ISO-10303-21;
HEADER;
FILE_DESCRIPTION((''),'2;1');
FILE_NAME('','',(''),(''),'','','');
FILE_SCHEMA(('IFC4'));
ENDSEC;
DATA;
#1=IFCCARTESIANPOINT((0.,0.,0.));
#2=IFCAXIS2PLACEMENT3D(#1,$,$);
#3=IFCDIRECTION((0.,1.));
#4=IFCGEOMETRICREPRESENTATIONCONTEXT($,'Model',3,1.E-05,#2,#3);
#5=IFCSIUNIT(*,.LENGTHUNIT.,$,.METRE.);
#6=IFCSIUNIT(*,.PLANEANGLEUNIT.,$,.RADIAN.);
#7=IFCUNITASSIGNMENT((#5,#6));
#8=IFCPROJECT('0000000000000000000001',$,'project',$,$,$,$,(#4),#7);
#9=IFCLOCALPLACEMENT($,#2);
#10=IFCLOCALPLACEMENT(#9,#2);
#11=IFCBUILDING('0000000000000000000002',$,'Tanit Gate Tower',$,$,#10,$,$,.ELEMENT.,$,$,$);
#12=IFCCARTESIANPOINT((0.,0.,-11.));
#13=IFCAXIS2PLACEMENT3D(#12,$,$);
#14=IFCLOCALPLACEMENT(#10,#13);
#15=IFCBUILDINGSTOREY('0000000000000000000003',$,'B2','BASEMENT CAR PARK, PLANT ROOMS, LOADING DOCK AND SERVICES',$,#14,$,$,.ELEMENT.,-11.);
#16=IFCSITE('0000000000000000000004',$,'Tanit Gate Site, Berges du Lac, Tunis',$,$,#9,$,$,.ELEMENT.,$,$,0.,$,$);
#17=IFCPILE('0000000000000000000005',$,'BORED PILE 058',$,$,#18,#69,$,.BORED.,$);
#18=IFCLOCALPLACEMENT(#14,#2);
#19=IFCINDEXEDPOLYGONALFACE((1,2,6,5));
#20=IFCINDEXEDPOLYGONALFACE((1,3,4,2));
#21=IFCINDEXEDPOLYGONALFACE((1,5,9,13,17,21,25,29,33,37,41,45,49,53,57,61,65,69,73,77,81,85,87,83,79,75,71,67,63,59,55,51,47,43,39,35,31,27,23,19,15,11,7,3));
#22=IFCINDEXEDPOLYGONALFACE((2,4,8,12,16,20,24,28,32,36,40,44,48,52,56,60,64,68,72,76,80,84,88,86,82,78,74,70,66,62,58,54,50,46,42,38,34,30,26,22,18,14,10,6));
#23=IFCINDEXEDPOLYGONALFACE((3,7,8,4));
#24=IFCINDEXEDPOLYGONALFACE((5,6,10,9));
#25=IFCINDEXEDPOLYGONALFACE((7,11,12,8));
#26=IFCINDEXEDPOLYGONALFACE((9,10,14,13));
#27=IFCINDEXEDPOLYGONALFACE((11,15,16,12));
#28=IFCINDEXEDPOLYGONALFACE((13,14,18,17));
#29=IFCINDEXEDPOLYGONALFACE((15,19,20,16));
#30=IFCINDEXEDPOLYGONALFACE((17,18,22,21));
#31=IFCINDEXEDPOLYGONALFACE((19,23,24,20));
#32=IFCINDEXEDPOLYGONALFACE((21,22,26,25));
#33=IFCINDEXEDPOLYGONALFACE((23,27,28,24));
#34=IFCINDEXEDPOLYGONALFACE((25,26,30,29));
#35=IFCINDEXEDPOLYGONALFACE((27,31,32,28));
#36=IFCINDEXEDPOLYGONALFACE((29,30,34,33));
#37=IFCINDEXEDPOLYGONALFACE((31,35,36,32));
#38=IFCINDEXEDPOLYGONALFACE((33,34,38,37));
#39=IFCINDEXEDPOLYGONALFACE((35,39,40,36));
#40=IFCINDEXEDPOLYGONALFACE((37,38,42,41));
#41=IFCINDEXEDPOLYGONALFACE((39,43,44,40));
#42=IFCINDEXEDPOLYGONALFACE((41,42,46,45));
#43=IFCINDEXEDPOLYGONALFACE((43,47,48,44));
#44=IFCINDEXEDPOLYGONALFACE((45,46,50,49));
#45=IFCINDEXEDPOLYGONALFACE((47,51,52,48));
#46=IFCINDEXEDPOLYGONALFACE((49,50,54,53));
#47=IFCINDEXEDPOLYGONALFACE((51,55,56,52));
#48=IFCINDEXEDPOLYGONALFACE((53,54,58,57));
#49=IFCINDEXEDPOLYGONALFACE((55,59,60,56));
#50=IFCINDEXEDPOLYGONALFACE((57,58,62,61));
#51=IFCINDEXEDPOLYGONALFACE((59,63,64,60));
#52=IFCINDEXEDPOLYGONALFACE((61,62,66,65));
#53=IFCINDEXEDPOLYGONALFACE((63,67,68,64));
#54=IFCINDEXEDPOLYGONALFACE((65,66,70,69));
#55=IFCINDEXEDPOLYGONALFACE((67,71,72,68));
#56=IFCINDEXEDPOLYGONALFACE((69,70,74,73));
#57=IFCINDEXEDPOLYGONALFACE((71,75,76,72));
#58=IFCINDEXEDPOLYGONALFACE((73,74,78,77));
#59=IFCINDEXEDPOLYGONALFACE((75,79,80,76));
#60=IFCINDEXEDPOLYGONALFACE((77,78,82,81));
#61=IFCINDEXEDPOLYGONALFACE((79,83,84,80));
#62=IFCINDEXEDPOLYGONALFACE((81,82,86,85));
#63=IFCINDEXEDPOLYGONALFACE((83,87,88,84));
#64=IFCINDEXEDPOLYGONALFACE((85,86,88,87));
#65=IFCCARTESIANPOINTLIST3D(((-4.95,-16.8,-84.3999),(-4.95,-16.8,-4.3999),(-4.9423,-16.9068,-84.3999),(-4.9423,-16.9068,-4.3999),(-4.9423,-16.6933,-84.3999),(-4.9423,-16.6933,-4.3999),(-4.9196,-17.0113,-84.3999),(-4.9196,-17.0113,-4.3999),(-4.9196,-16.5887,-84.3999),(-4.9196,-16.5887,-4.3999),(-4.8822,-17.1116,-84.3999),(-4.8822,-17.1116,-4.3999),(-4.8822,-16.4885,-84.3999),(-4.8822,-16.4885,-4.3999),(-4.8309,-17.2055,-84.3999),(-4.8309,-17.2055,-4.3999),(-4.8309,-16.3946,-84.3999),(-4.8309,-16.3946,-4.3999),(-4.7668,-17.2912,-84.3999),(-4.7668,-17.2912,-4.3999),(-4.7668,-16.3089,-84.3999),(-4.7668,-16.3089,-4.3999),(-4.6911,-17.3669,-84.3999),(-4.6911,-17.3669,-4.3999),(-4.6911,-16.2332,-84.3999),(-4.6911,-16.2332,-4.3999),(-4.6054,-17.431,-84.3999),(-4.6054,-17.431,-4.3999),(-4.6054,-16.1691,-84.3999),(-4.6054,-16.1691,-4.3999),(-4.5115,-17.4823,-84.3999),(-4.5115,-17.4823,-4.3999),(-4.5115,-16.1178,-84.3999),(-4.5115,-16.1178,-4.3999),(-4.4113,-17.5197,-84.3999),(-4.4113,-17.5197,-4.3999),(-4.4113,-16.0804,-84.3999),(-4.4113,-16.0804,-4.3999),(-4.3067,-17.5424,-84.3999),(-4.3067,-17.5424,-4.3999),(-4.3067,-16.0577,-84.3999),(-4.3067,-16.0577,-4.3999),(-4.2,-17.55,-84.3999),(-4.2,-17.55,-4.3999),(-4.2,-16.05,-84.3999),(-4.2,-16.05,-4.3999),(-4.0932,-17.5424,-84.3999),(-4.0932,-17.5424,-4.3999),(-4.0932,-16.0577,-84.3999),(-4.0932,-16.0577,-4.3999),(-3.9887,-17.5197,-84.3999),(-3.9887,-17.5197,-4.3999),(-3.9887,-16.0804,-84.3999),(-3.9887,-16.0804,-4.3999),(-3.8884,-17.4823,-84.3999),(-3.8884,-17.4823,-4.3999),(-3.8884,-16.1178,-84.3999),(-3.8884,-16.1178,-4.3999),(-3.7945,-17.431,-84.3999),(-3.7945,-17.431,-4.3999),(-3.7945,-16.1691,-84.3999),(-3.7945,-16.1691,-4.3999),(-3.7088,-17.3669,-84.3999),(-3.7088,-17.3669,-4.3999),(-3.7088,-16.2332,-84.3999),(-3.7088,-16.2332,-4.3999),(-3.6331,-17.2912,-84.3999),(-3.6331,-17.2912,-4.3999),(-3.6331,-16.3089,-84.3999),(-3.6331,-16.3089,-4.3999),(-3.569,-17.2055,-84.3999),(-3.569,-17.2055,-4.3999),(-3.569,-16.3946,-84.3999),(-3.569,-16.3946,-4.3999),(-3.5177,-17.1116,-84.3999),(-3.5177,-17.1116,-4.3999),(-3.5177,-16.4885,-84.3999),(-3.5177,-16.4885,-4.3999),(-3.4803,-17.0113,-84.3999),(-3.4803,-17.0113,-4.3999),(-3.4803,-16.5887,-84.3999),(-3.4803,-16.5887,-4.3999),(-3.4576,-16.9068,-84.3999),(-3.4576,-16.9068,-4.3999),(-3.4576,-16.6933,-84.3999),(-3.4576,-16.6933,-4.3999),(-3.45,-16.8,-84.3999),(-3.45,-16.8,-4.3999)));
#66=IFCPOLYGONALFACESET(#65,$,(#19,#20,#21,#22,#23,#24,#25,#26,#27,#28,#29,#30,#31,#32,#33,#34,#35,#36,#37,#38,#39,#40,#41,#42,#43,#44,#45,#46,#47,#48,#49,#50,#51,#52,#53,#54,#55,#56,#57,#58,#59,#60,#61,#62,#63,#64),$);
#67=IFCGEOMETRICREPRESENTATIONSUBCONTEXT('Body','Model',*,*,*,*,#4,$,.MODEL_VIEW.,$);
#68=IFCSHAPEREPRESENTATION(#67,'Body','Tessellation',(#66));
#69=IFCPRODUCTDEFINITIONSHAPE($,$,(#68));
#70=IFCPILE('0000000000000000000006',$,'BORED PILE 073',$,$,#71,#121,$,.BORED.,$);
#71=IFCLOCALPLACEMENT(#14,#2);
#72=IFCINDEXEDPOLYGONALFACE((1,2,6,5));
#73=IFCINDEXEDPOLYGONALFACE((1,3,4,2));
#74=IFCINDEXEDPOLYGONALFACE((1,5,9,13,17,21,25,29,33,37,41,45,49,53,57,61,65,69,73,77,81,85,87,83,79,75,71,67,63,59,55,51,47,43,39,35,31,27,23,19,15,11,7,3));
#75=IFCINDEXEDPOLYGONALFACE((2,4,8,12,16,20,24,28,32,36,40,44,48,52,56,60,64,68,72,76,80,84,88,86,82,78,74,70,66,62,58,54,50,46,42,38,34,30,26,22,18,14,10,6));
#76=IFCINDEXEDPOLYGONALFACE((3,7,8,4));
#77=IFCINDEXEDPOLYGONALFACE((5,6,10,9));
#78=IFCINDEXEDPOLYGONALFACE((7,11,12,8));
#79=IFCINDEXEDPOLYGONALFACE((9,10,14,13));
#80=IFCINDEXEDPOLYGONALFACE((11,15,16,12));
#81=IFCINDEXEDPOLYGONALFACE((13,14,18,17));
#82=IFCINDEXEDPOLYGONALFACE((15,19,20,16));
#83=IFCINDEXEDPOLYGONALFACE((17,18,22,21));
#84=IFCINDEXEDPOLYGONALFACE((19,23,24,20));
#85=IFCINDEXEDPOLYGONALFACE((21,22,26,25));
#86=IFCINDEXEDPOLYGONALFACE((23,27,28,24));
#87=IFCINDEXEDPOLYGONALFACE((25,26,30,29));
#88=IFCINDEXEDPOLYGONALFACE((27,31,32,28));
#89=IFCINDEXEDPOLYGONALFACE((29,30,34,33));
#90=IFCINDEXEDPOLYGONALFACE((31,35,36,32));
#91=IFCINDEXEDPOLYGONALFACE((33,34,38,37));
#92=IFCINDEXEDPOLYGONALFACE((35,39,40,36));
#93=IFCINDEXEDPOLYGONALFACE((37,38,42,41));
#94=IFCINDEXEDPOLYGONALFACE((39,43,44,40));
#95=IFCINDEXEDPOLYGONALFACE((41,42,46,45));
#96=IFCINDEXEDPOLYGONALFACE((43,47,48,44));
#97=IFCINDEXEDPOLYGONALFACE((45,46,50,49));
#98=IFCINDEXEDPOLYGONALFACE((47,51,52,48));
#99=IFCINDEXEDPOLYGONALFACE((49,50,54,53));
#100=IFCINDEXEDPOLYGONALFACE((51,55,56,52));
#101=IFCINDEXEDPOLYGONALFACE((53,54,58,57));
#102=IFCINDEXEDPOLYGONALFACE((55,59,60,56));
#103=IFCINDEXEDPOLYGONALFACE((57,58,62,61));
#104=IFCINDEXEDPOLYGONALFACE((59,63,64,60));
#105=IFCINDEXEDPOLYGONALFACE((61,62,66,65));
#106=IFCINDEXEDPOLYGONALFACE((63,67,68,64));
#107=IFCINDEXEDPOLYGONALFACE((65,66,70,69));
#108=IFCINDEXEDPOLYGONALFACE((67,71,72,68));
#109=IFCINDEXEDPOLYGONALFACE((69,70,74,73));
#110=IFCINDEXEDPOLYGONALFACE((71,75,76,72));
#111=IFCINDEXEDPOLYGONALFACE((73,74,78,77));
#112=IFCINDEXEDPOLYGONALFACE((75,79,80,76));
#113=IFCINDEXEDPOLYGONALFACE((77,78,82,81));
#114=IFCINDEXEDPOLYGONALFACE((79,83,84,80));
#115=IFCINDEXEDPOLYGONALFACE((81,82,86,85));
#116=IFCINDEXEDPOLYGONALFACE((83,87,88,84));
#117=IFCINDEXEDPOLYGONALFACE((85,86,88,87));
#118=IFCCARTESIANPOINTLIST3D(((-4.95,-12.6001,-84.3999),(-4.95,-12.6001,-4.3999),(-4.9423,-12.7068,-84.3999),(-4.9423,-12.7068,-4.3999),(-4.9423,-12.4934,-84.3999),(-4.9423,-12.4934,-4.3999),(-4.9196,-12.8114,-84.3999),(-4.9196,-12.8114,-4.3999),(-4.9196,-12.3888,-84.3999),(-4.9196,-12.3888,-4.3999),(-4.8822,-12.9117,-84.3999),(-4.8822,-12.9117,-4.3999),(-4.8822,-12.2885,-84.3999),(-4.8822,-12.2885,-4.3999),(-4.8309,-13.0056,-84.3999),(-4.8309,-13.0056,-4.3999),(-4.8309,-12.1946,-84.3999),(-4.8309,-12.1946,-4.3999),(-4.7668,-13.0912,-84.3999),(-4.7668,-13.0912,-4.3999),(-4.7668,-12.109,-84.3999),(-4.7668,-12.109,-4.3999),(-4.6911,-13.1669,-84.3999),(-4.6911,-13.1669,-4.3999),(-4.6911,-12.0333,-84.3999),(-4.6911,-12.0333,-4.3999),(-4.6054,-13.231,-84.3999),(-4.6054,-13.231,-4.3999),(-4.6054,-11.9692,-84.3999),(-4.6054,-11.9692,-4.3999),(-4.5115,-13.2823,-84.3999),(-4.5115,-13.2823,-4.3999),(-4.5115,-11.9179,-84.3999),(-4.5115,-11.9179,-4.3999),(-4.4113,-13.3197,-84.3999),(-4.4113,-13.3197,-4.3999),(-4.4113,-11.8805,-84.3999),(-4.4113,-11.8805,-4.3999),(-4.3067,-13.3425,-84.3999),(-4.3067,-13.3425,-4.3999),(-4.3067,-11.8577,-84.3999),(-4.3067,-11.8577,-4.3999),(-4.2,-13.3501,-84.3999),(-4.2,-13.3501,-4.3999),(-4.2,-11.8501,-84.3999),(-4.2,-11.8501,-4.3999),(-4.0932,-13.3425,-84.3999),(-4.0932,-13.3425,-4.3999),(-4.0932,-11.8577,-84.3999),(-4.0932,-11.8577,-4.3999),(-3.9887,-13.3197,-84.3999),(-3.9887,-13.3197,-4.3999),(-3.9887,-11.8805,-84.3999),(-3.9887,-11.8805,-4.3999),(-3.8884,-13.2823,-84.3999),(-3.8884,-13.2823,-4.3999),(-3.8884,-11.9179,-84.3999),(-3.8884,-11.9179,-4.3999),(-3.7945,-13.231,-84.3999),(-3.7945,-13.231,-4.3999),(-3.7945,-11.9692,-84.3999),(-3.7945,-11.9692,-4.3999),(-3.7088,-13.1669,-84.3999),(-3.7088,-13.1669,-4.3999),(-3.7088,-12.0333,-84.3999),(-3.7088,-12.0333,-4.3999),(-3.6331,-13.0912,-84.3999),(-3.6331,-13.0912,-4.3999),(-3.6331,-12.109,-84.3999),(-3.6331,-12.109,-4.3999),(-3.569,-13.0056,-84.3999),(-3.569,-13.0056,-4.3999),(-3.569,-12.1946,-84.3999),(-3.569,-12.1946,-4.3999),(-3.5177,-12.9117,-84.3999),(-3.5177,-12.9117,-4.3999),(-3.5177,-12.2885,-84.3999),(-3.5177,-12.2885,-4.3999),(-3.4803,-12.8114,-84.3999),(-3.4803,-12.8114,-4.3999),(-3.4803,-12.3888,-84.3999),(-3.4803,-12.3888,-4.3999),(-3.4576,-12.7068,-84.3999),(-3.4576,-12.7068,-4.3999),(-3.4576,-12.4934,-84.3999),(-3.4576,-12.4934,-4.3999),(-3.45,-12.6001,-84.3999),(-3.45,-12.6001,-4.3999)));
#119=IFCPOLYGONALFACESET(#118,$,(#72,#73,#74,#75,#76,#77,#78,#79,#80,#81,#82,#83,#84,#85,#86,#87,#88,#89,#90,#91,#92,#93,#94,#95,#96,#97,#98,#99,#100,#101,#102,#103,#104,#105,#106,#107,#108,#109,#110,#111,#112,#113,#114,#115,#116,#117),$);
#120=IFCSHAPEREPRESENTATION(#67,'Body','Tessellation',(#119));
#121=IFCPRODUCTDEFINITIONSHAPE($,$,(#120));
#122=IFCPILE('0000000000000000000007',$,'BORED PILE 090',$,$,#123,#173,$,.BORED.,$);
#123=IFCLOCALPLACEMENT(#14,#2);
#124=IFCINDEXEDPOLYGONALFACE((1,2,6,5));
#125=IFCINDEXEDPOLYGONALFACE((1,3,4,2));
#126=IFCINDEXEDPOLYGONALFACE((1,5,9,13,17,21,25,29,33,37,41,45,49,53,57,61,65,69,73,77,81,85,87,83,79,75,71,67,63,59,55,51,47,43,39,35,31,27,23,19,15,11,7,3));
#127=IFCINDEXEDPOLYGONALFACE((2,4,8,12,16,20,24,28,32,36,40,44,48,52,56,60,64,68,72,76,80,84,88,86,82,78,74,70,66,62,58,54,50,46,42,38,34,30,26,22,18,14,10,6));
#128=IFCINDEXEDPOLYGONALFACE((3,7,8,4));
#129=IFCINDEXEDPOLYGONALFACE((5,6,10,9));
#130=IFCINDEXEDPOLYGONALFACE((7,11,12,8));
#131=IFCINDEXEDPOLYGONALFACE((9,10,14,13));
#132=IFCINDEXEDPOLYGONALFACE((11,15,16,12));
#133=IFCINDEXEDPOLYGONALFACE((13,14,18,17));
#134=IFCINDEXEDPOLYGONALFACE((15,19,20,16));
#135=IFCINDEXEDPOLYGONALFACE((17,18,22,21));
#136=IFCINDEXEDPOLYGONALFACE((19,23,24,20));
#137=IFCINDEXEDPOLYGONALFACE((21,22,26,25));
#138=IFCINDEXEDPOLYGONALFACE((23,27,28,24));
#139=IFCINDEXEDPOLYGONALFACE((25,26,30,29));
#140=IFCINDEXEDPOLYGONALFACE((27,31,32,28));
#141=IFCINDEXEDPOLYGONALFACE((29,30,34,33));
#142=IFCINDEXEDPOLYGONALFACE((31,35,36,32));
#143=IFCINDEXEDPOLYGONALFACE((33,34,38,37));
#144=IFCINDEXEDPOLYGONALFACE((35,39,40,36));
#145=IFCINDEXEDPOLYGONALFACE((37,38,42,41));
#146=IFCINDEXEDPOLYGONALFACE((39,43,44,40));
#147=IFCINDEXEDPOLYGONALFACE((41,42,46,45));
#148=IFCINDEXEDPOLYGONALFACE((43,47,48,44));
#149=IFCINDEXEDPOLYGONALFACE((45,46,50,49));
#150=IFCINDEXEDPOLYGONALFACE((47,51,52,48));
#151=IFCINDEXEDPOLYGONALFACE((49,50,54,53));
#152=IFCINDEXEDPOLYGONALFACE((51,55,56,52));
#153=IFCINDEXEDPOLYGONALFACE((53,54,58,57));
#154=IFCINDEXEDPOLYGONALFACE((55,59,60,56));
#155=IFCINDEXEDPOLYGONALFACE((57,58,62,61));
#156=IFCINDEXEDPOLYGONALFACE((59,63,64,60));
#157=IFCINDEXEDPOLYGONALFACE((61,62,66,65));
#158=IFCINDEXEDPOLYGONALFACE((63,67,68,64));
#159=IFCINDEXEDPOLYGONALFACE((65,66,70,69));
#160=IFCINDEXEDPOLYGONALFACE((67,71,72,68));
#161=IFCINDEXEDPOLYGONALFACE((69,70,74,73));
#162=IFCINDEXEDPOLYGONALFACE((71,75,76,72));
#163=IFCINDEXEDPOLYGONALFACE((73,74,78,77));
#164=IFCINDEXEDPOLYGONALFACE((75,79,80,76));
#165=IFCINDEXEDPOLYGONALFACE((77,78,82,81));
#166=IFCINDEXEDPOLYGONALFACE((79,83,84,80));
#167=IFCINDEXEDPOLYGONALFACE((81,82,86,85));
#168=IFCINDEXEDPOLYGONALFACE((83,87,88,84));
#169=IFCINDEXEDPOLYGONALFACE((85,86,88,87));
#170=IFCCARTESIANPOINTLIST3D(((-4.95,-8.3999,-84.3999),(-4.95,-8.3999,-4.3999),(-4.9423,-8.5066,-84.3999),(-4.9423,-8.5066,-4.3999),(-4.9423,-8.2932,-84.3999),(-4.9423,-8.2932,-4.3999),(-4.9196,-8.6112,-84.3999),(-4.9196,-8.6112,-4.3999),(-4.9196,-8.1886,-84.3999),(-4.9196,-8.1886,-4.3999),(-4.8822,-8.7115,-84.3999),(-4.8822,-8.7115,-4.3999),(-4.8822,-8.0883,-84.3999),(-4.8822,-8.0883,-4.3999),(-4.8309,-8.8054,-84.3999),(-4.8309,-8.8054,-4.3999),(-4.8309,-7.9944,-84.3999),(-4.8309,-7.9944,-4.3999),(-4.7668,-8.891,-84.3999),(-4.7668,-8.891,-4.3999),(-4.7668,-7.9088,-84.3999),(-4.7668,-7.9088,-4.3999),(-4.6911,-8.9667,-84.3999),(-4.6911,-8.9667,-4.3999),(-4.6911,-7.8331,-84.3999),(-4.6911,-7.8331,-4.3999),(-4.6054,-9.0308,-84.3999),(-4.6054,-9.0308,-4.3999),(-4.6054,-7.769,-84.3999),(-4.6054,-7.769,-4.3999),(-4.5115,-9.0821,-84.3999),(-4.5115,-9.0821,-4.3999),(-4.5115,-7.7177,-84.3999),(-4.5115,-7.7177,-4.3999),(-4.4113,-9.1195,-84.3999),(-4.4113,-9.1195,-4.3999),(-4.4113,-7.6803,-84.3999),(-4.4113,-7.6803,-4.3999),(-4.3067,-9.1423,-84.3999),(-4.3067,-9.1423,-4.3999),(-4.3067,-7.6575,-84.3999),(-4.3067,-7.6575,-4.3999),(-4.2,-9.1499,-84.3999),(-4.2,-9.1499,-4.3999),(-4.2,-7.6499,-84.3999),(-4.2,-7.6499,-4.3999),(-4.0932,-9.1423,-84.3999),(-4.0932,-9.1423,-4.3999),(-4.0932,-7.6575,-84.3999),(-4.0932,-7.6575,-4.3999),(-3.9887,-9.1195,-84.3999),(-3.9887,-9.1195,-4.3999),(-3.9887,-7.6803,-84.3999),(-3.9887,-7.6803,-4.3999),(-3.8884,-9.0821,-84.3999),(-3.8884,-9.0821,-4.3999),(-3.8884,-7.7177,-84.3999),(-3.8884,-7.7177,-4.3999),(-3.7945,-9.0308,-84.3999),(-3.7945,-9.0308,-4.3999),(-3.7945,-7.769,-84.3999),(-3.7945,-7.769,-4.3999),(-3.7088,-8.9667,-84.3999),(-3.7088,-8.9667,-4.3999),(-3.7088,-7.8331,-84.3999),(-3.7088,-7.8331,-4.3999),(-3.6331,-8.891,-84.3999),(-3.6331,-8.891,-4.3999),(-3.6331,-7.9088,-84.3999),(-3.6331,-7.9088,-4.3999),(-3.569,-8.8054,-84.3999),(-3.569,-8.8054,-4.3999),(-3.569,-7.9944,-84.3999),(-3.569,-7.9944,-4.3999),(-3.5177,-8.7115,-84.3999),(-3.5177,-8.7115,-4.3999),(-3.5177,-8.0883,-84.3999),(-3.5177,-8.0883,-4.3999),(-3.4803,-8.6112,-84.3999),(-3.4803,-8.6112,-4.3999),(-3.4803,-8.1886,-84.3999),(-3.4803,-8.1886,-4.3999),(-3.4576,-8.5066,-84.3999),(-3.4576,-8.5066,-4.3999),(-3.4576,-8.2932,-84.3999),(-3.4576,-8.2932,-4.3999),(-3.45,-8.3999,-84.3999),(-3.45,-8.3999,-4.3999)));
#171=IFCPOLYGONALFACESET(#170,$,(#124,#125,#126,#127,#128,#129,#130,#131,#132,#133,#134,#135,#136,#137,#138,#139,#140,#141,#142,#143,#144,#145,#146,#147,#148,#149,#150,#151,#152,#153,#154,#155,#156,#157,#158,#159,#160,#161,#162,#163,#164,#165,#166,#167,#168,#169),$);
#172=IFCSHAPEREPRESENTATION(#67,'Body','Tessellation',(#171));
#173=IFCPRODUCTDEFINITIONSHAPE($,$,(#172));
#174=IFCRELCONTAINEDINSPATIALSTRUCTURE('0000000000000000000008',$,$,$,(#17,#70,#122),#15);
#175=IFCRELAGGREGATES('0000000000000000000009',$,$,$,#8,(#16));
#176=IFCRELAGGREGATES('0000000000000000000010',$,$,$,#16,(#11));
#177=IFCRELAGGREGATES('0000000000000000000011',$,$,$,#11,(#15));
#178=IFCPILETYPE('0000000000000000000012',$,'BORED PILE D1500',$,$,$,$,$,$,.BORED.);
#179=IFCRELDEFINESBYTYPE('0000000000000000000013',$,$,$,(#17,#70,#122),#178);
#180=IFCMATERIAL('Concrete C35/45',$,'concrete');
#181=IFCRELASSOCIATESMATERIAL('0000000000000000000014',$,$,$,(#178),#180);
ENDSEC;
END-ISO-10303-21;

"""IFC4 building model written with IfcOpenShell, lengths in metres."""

from ifc_helpers import new_model, si_unit, direction, frame, origin, origin_2d, place, context, subcontext, project, spatial, circle, extrude, material, material_profile, profile_set, type_object, element, save


model = new_model("IFC4")

# Units and contexts
model_context = context("Model", 3, precision=1e-05, world=origin(), true_north=direction((0.0, 1.0)))
body_context = subcontext(model_context, "Body", "Model", "MODEL_VIEW")
ifc_project = project(units=[si_unit("LENGTHUNIT", "METRE"), si_unit("PLANEANGLEUNIT", "RADIAN")], contexts=[model_context])

# Site, building, storey
site_placement = place(None, origin())
site = spatial("IfcSite", under=ifc_project, at=site_placement, Name="Tanit Gate Site, Berges du Lac, Tunis", CompositionType="ELEMENT", RefElevation=0.0)
building_placement = place(site_placement, origin())
building = spatial("IfcBuilding", under=site, at=building_placement, Name="Tanit Gate Tower", CompositionType="ELEMENT")
storey_placement = place(building_placement, frame((0.0, 0.0, -11.0)))
storey = spatial("IfcBuildingStorey", under=building, at=storey_placement, Name="B2", Description="BASEMENT CAR PARK, PLANT ROOMS, LOADING DOCK AND SERVICES", CompositionType="ELEMENT", Elevation=-11.0)

# Piles
ifc_material_1 = material(Name="Concrete C35/45", Category="concrete")
ifc_material_profile = material_profile(ifc_material_1, circle(Radius=0.75, at=origin_2d()), Name="BORED PILE D1500 C35/45")
ifc_profile_set = profile_set([ifc_material_profile], Name="Concrete C35/45")
pile_type = type_object("IfcPileType", Name="BORED PILE D1500", PredefinedType="BORED", material=ifc_profile_set)
for number, where, z_axis, x_axis, name in (
    (1, (-4.2, -16.8, -4.3999), (0.0, 0.0, -1.0), (1.0, 0.0, 0.0), "BORED PILE 058"),
    (2, (-4.2, -12.6001, -4.3999), (0.0, 0.0, -1.0), (1.0, 0.0, 0.0), "BORED PILE 073"),
    (3, (-4.2, -8.3999, -4.3999), (0.0, 0.0, -1.0), (1.0, 0.0, 0.0), "BORED PILE 090"),
):
    element("IfcPile", number, at=place(storey_placement, frame(where, z_axis=z_axis, x_axis=x_axis)), inside=storey, type_object=pile_type, Name=name, PredefinedType="BORED", context=body_context, shape_type="SweptSolid", body=[
        extrude(circle(Radius=0.75, at=origin_2d()), origin(), (0.0, 0.0, 1.0), 80.0),
    ])

save(model, "model.ifc")
